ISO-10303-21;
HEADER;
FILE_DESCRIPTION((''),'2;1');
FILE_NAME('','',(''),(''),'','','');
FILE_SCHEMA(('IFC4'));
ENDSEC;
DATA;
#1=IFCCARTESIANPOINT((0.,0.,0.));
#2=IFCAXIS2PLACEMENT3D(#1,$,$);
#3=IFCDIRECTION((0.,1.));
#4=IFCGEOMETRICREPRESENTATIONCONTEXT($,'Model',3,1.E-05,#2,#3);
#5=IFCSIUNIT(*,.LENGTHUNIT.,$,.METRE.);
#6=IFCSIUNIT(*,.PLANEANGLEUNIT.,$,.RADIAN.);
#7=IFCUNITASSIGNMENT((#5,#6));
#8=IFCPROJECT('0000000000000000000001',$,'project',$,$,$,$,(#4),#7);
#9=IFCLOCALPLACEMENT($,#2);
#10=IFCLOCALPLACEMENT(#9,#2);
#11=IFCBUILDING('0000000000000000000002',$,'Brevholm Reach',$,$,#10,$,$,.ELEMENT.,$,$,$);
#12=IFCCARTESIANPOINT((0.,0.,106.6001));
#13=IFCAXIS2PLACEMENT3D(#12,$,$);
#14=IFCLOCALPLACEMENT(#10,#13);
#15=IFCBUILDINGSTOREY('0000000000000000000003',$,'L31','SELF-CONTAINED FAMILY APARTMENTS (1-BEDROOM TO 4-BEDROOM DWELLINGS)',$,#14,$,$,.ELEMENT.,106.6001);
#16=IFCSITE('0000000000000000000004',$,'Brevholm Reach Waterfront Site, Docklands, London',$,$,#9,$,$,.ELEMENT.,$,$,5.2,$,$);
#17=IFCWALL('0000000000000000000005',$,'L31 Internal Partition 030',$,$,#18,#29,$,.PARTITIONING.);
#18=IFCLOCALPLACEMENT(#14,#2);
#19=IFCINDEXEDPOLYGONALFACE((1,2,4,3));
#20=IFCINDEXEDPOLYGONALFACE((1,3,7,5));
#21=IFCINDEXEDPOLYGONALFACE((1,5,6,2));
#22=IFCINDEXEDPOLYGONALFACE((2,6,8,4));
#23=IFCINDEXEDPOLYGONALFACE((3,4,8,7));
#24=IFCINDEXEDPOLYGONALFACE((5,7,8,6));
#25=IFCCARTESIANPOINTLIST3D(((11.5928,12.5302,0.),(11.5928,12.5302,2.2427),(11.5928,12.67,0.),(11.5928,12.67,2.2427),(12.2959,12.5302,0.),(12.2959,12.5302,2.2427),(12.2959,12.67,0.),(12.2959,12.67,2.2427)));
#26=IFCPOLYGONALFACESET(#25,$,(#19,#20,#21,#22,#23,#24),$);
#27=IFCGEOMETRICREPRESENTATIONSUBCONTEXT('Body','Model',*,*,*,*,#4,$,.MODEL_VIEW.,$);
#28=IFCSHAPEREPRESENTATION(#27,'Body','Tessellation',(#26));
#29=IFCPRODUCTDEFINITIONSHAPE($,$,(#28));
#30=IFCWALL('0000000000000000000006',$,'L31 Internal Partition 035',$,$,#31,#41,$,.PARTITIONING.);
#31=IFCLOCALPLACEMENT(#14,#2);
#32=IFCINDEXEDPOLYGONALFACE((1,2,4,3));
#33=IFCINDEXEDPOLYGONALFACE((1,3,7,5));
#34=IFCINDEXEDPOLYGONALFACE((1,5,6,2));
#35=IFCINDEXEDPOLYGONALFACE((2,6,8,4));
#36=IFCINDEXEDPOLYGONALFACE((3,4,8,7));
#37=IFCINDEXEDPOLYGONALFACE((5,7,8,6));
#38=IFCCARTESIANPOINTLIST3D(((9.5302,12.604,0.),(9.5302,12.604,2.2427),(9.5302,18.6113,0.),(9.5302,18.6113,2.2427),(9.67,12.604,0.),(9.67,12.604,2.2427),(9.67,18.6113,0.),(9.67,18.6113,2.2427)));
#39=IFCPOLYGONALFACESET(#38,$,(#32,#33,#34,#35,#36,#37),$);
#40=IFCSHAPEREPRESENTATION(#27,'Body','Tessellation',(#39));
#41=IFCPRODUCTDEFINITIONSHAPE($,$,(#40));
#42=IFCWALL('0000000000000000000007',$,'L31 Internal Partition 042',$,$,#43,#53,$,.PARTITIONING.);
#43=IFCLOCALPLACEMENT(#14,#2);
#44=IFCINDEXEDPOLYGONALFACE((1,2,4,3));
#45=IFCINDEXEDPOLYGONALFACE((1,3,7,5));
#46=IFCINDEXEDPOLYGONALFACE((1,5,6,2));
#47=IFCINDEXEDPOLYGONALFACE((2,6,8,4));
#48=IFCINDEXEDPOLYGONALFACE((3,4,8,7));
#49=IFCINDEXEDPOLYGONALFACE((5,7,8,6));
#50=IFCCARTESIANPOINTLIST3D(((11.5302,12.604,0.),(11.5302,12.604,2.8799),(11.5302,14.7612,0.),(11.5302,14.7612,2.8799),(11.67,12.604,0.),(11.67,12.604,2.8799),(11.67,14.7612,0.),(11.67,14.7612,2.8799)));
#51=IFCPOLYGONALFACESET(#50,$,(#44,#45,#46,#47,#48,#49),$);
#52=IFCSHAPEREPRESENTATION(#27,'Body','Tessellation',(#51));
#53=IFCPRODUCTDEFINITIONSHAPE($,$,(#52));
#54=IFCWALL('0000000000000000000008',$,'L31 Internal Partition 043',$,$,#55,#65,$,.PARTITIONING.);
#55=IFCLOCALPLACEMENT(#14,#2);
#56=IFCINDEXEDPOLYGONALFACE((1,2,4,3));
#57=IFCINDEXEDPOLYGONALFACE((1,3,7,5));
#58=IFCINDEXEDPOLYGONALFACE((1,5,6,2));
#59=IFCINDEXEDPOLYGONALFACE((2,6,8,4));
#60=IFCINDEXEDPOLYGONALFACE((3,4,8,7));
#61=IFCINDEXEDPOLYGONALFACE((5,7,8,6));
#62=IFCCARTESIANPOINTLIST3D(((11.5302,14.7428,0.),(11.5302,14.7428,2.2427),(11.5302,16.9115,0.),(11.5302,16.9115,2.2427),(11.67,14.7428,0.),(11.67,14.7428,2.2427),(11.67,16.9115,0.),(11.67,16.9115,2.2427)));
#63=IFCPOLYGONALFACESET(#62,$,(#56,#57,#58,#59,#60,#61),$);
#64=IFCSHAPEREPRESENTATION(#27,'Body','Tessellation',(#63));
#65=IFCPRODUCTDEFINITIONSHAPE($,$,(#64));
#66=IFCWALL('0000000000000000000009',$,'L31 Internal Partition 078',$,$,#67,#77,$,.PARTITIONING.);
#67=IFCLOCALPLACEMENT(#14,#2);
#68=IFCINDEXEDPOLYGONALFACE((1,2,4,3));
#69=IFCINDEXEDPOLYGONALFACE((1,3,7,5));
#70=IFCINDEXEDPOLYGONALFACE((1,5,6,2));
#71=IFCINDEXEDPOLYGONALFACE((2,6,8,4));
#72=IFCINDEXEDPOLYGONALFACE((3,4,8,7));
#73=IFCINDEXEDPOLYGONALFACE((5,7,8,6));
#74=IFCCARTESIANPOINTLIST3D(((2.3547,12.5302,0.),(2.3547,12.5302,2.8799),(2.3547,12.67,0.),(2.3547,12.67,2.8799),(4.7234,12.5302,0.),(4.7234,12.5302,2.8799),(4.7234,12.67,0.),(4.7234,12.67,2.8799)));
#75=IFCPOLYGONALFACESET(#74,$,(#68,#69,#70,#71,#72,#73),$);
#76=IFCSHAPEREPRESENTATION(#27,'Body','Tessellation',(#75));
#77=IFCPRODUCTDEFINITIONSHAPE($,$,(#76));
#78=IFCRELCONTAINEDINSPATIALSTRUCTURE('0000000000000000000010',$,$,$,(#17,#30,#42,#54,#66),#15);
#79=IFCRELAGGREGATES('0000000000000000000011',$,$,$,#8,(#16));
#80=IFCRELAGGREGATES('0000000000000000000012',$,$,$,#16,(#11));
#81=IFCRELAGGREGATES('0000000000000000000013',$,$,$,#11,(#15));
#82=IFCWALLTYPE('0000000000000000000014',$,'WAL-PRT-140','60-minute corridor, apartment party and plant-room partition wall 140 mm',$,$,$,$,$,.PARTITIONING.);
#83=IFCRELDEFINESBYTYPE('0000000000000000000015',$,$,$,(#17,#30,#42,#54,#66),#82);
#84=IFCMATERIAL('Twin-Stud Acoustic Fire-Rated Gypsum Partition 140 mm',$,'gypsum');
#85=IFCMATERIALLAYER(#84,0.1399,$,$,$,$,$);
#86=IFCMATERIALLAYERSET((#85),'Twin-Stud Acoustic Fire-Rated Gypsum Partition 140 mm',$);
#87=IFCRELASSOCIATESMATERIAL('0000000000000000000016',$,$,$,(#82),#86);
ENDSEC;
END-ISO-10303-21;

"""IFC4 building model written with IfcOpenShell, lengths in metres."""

from ifc_helpers import new_model, si_unit, direction, frame, frame_2d, origin, place, context, subcontext, project, spatial, rectangle, extrude, material, layer, layer_set, type_object, element, save


model = new_model("IFC4")

# Units and contexts
model_context = context("Model", 3, precision=1e-05, world=origin(), true_north=direction((0.0, 1.0)))
body_context = subcontext(model_context, "Body", "Model", "MODEL_VIEW")
ifc_project = project(units=[si_unit("LENGTHUNIT", "METRE"), si_unit("PLANEANGLEUNIT", "RADIAN")], contexts=[model_context])

# Site, building, storey
site_placement = place(None, origin())
site = spatial("IfcSite", under=ifc_project, at=site_placement, Name="Brevholm Reach Waterfront Site, Docklands, London", CompositionType="ELEMENT", RefElevation=5.2)
building_placement = place(site_placement, origin())
building = spatial("IfcBuilding", under=site, at=building_placement, Name="Brevholm Reach", CompositionType="ELEMENT")
storey_placement = place(building_placement, frame((0.0, 0.0, 106.6001)))
storey = spatial("IfcBuildingStorey", under=building, at=storey_placement, Name="L31", Description="SELF-CONTAINED FAMILY APARTMENTS (1-BEDROOM TO 4-BEDROOM DWELLINGS)", CompositionType="ELEMENT", Elevation=106.6001)

# Shared definitions
ifc_material_1 = material(Name="Twin-Stud Acoustic Fire-Rated Gypsum Partition 140 mm", Category="gypsum")
ifc_layer_1 = layer(ifc_material_1, 0.1399)
ifc_layer_set_1 = layer_set([ifc_layer_1], Name="Twin-Stud Acoustic Fire-Rated Gypsum Partition 140 mm")
wall_type_1 = type_object("IfcWallType", Name="WAL-PRT-140", Description="60-minute corridor, apartment party and plant-room partition wall 140 mm", PredefinedType="PARTITIONING", material=ifc_layer_set_1)

# Walls
wall_1_placement = place(storey_placement, frame((11.5928, 12.6001, 0.0), z_axis=(0.0, 0.0, 1.0), x_axis=(1.0, 0.0, 0.0)))
element("IfcWall", 1, at=wall_1_placement, inside=storey, type_object=wall_type_1, Name="L31 Internal Partition 030", PredefinedType="PARTITIONING", context=body_context, shape_type="SweptSolid", body=[
    extrude(rectangle(XDim=0.7031, YDim=0.1399, at=frame_2d((0.3516, 0.0))), origin(), (0.0, 0.0, 1.0), 2.2427),
])
wall_2_placement = place(storey_placement, frame((9.6001, 12.604, 0.0), z_axis=(0.0, 0.0, 1.0), x_axis=(0.0, 1.0, 0.0)))
element("IfcWall", 2, at=wall_2_placement, inside=storey, type_object=wall_type_1, Name="L31 Internal Partition 035", PredefinedType="PARTITIONING", context=body_context, shape_type="SweptSolid", body=[
    extrude(rectangle(XDim=6.0073, YDim=0.1399, at=frame_2d((3.0037, 0.0))), origin(), (0.0, 0.0, 1.0), 2.2427),
])
wall_3_placement = place(storey_placement, frame((11.6001, 12.604, 0.0), z_axis=(0.0, 0.0, 1.0), x_axis=(0.0, 1.0, 0.0)))
element("IfcWall", 3, at=wall_3_placement, inside=storey, type_object=wall_type_1, Name="L31 Internal Partition 042", PredefinedType="PARTITIONING", context=body_context, shape_type="SweptSolid", body=[
    extrude(rectangle(XDim=2.1572, YDim=0.1399, at=frame_2d((1.0786, 0.0))), origin(), (0.0, 0.0, 1.0), 2.8799),
])
wall_4_placement = place(storey_placement, frame((11.6001, 14.7427, 0.0), z_axis=(0.0, 0.0, 1.0), x_axis=(0.0, 1.0, 0.0)))
element("IfcWall", 4, at=wall_4_placement, inside=storey, type_object=wall_type_1, Name="L31 Internal Partition 043", PredefinedType="PARTITIONING", context=body_context, shape_type="SweptSolid", body=[
    extrude(rectangle(XDim=2.1687, YDim=0.1399, at=frame_2d((1.0845, 0.0))), origin(), (0.0, 0.0, 1.0), 2.2427),
])
wall_5_placement = place(storey_placement, frame((2.3547, 12.6001, 0.0), z_axis=(0.0, 0.0, 1.0), x_axis=(1.0, 0.0, 0.0)))
element("IfcWall", 5, at=wall_5_placement, inside=storey, type_object=wall_type_1, Name="L31 Internal Partition 078", PredefinedType="PARTITIONING", context=body_context, shape_type="SweptSolid", body=[
    extrude(rectangle(XDim=2.3687, YDim=0.1399, at=frame_2d((1.1843, 0.0))), origin(), (0.0, 0.0, 1.0), 2.8799),
])

save(model, "model.ifc")
